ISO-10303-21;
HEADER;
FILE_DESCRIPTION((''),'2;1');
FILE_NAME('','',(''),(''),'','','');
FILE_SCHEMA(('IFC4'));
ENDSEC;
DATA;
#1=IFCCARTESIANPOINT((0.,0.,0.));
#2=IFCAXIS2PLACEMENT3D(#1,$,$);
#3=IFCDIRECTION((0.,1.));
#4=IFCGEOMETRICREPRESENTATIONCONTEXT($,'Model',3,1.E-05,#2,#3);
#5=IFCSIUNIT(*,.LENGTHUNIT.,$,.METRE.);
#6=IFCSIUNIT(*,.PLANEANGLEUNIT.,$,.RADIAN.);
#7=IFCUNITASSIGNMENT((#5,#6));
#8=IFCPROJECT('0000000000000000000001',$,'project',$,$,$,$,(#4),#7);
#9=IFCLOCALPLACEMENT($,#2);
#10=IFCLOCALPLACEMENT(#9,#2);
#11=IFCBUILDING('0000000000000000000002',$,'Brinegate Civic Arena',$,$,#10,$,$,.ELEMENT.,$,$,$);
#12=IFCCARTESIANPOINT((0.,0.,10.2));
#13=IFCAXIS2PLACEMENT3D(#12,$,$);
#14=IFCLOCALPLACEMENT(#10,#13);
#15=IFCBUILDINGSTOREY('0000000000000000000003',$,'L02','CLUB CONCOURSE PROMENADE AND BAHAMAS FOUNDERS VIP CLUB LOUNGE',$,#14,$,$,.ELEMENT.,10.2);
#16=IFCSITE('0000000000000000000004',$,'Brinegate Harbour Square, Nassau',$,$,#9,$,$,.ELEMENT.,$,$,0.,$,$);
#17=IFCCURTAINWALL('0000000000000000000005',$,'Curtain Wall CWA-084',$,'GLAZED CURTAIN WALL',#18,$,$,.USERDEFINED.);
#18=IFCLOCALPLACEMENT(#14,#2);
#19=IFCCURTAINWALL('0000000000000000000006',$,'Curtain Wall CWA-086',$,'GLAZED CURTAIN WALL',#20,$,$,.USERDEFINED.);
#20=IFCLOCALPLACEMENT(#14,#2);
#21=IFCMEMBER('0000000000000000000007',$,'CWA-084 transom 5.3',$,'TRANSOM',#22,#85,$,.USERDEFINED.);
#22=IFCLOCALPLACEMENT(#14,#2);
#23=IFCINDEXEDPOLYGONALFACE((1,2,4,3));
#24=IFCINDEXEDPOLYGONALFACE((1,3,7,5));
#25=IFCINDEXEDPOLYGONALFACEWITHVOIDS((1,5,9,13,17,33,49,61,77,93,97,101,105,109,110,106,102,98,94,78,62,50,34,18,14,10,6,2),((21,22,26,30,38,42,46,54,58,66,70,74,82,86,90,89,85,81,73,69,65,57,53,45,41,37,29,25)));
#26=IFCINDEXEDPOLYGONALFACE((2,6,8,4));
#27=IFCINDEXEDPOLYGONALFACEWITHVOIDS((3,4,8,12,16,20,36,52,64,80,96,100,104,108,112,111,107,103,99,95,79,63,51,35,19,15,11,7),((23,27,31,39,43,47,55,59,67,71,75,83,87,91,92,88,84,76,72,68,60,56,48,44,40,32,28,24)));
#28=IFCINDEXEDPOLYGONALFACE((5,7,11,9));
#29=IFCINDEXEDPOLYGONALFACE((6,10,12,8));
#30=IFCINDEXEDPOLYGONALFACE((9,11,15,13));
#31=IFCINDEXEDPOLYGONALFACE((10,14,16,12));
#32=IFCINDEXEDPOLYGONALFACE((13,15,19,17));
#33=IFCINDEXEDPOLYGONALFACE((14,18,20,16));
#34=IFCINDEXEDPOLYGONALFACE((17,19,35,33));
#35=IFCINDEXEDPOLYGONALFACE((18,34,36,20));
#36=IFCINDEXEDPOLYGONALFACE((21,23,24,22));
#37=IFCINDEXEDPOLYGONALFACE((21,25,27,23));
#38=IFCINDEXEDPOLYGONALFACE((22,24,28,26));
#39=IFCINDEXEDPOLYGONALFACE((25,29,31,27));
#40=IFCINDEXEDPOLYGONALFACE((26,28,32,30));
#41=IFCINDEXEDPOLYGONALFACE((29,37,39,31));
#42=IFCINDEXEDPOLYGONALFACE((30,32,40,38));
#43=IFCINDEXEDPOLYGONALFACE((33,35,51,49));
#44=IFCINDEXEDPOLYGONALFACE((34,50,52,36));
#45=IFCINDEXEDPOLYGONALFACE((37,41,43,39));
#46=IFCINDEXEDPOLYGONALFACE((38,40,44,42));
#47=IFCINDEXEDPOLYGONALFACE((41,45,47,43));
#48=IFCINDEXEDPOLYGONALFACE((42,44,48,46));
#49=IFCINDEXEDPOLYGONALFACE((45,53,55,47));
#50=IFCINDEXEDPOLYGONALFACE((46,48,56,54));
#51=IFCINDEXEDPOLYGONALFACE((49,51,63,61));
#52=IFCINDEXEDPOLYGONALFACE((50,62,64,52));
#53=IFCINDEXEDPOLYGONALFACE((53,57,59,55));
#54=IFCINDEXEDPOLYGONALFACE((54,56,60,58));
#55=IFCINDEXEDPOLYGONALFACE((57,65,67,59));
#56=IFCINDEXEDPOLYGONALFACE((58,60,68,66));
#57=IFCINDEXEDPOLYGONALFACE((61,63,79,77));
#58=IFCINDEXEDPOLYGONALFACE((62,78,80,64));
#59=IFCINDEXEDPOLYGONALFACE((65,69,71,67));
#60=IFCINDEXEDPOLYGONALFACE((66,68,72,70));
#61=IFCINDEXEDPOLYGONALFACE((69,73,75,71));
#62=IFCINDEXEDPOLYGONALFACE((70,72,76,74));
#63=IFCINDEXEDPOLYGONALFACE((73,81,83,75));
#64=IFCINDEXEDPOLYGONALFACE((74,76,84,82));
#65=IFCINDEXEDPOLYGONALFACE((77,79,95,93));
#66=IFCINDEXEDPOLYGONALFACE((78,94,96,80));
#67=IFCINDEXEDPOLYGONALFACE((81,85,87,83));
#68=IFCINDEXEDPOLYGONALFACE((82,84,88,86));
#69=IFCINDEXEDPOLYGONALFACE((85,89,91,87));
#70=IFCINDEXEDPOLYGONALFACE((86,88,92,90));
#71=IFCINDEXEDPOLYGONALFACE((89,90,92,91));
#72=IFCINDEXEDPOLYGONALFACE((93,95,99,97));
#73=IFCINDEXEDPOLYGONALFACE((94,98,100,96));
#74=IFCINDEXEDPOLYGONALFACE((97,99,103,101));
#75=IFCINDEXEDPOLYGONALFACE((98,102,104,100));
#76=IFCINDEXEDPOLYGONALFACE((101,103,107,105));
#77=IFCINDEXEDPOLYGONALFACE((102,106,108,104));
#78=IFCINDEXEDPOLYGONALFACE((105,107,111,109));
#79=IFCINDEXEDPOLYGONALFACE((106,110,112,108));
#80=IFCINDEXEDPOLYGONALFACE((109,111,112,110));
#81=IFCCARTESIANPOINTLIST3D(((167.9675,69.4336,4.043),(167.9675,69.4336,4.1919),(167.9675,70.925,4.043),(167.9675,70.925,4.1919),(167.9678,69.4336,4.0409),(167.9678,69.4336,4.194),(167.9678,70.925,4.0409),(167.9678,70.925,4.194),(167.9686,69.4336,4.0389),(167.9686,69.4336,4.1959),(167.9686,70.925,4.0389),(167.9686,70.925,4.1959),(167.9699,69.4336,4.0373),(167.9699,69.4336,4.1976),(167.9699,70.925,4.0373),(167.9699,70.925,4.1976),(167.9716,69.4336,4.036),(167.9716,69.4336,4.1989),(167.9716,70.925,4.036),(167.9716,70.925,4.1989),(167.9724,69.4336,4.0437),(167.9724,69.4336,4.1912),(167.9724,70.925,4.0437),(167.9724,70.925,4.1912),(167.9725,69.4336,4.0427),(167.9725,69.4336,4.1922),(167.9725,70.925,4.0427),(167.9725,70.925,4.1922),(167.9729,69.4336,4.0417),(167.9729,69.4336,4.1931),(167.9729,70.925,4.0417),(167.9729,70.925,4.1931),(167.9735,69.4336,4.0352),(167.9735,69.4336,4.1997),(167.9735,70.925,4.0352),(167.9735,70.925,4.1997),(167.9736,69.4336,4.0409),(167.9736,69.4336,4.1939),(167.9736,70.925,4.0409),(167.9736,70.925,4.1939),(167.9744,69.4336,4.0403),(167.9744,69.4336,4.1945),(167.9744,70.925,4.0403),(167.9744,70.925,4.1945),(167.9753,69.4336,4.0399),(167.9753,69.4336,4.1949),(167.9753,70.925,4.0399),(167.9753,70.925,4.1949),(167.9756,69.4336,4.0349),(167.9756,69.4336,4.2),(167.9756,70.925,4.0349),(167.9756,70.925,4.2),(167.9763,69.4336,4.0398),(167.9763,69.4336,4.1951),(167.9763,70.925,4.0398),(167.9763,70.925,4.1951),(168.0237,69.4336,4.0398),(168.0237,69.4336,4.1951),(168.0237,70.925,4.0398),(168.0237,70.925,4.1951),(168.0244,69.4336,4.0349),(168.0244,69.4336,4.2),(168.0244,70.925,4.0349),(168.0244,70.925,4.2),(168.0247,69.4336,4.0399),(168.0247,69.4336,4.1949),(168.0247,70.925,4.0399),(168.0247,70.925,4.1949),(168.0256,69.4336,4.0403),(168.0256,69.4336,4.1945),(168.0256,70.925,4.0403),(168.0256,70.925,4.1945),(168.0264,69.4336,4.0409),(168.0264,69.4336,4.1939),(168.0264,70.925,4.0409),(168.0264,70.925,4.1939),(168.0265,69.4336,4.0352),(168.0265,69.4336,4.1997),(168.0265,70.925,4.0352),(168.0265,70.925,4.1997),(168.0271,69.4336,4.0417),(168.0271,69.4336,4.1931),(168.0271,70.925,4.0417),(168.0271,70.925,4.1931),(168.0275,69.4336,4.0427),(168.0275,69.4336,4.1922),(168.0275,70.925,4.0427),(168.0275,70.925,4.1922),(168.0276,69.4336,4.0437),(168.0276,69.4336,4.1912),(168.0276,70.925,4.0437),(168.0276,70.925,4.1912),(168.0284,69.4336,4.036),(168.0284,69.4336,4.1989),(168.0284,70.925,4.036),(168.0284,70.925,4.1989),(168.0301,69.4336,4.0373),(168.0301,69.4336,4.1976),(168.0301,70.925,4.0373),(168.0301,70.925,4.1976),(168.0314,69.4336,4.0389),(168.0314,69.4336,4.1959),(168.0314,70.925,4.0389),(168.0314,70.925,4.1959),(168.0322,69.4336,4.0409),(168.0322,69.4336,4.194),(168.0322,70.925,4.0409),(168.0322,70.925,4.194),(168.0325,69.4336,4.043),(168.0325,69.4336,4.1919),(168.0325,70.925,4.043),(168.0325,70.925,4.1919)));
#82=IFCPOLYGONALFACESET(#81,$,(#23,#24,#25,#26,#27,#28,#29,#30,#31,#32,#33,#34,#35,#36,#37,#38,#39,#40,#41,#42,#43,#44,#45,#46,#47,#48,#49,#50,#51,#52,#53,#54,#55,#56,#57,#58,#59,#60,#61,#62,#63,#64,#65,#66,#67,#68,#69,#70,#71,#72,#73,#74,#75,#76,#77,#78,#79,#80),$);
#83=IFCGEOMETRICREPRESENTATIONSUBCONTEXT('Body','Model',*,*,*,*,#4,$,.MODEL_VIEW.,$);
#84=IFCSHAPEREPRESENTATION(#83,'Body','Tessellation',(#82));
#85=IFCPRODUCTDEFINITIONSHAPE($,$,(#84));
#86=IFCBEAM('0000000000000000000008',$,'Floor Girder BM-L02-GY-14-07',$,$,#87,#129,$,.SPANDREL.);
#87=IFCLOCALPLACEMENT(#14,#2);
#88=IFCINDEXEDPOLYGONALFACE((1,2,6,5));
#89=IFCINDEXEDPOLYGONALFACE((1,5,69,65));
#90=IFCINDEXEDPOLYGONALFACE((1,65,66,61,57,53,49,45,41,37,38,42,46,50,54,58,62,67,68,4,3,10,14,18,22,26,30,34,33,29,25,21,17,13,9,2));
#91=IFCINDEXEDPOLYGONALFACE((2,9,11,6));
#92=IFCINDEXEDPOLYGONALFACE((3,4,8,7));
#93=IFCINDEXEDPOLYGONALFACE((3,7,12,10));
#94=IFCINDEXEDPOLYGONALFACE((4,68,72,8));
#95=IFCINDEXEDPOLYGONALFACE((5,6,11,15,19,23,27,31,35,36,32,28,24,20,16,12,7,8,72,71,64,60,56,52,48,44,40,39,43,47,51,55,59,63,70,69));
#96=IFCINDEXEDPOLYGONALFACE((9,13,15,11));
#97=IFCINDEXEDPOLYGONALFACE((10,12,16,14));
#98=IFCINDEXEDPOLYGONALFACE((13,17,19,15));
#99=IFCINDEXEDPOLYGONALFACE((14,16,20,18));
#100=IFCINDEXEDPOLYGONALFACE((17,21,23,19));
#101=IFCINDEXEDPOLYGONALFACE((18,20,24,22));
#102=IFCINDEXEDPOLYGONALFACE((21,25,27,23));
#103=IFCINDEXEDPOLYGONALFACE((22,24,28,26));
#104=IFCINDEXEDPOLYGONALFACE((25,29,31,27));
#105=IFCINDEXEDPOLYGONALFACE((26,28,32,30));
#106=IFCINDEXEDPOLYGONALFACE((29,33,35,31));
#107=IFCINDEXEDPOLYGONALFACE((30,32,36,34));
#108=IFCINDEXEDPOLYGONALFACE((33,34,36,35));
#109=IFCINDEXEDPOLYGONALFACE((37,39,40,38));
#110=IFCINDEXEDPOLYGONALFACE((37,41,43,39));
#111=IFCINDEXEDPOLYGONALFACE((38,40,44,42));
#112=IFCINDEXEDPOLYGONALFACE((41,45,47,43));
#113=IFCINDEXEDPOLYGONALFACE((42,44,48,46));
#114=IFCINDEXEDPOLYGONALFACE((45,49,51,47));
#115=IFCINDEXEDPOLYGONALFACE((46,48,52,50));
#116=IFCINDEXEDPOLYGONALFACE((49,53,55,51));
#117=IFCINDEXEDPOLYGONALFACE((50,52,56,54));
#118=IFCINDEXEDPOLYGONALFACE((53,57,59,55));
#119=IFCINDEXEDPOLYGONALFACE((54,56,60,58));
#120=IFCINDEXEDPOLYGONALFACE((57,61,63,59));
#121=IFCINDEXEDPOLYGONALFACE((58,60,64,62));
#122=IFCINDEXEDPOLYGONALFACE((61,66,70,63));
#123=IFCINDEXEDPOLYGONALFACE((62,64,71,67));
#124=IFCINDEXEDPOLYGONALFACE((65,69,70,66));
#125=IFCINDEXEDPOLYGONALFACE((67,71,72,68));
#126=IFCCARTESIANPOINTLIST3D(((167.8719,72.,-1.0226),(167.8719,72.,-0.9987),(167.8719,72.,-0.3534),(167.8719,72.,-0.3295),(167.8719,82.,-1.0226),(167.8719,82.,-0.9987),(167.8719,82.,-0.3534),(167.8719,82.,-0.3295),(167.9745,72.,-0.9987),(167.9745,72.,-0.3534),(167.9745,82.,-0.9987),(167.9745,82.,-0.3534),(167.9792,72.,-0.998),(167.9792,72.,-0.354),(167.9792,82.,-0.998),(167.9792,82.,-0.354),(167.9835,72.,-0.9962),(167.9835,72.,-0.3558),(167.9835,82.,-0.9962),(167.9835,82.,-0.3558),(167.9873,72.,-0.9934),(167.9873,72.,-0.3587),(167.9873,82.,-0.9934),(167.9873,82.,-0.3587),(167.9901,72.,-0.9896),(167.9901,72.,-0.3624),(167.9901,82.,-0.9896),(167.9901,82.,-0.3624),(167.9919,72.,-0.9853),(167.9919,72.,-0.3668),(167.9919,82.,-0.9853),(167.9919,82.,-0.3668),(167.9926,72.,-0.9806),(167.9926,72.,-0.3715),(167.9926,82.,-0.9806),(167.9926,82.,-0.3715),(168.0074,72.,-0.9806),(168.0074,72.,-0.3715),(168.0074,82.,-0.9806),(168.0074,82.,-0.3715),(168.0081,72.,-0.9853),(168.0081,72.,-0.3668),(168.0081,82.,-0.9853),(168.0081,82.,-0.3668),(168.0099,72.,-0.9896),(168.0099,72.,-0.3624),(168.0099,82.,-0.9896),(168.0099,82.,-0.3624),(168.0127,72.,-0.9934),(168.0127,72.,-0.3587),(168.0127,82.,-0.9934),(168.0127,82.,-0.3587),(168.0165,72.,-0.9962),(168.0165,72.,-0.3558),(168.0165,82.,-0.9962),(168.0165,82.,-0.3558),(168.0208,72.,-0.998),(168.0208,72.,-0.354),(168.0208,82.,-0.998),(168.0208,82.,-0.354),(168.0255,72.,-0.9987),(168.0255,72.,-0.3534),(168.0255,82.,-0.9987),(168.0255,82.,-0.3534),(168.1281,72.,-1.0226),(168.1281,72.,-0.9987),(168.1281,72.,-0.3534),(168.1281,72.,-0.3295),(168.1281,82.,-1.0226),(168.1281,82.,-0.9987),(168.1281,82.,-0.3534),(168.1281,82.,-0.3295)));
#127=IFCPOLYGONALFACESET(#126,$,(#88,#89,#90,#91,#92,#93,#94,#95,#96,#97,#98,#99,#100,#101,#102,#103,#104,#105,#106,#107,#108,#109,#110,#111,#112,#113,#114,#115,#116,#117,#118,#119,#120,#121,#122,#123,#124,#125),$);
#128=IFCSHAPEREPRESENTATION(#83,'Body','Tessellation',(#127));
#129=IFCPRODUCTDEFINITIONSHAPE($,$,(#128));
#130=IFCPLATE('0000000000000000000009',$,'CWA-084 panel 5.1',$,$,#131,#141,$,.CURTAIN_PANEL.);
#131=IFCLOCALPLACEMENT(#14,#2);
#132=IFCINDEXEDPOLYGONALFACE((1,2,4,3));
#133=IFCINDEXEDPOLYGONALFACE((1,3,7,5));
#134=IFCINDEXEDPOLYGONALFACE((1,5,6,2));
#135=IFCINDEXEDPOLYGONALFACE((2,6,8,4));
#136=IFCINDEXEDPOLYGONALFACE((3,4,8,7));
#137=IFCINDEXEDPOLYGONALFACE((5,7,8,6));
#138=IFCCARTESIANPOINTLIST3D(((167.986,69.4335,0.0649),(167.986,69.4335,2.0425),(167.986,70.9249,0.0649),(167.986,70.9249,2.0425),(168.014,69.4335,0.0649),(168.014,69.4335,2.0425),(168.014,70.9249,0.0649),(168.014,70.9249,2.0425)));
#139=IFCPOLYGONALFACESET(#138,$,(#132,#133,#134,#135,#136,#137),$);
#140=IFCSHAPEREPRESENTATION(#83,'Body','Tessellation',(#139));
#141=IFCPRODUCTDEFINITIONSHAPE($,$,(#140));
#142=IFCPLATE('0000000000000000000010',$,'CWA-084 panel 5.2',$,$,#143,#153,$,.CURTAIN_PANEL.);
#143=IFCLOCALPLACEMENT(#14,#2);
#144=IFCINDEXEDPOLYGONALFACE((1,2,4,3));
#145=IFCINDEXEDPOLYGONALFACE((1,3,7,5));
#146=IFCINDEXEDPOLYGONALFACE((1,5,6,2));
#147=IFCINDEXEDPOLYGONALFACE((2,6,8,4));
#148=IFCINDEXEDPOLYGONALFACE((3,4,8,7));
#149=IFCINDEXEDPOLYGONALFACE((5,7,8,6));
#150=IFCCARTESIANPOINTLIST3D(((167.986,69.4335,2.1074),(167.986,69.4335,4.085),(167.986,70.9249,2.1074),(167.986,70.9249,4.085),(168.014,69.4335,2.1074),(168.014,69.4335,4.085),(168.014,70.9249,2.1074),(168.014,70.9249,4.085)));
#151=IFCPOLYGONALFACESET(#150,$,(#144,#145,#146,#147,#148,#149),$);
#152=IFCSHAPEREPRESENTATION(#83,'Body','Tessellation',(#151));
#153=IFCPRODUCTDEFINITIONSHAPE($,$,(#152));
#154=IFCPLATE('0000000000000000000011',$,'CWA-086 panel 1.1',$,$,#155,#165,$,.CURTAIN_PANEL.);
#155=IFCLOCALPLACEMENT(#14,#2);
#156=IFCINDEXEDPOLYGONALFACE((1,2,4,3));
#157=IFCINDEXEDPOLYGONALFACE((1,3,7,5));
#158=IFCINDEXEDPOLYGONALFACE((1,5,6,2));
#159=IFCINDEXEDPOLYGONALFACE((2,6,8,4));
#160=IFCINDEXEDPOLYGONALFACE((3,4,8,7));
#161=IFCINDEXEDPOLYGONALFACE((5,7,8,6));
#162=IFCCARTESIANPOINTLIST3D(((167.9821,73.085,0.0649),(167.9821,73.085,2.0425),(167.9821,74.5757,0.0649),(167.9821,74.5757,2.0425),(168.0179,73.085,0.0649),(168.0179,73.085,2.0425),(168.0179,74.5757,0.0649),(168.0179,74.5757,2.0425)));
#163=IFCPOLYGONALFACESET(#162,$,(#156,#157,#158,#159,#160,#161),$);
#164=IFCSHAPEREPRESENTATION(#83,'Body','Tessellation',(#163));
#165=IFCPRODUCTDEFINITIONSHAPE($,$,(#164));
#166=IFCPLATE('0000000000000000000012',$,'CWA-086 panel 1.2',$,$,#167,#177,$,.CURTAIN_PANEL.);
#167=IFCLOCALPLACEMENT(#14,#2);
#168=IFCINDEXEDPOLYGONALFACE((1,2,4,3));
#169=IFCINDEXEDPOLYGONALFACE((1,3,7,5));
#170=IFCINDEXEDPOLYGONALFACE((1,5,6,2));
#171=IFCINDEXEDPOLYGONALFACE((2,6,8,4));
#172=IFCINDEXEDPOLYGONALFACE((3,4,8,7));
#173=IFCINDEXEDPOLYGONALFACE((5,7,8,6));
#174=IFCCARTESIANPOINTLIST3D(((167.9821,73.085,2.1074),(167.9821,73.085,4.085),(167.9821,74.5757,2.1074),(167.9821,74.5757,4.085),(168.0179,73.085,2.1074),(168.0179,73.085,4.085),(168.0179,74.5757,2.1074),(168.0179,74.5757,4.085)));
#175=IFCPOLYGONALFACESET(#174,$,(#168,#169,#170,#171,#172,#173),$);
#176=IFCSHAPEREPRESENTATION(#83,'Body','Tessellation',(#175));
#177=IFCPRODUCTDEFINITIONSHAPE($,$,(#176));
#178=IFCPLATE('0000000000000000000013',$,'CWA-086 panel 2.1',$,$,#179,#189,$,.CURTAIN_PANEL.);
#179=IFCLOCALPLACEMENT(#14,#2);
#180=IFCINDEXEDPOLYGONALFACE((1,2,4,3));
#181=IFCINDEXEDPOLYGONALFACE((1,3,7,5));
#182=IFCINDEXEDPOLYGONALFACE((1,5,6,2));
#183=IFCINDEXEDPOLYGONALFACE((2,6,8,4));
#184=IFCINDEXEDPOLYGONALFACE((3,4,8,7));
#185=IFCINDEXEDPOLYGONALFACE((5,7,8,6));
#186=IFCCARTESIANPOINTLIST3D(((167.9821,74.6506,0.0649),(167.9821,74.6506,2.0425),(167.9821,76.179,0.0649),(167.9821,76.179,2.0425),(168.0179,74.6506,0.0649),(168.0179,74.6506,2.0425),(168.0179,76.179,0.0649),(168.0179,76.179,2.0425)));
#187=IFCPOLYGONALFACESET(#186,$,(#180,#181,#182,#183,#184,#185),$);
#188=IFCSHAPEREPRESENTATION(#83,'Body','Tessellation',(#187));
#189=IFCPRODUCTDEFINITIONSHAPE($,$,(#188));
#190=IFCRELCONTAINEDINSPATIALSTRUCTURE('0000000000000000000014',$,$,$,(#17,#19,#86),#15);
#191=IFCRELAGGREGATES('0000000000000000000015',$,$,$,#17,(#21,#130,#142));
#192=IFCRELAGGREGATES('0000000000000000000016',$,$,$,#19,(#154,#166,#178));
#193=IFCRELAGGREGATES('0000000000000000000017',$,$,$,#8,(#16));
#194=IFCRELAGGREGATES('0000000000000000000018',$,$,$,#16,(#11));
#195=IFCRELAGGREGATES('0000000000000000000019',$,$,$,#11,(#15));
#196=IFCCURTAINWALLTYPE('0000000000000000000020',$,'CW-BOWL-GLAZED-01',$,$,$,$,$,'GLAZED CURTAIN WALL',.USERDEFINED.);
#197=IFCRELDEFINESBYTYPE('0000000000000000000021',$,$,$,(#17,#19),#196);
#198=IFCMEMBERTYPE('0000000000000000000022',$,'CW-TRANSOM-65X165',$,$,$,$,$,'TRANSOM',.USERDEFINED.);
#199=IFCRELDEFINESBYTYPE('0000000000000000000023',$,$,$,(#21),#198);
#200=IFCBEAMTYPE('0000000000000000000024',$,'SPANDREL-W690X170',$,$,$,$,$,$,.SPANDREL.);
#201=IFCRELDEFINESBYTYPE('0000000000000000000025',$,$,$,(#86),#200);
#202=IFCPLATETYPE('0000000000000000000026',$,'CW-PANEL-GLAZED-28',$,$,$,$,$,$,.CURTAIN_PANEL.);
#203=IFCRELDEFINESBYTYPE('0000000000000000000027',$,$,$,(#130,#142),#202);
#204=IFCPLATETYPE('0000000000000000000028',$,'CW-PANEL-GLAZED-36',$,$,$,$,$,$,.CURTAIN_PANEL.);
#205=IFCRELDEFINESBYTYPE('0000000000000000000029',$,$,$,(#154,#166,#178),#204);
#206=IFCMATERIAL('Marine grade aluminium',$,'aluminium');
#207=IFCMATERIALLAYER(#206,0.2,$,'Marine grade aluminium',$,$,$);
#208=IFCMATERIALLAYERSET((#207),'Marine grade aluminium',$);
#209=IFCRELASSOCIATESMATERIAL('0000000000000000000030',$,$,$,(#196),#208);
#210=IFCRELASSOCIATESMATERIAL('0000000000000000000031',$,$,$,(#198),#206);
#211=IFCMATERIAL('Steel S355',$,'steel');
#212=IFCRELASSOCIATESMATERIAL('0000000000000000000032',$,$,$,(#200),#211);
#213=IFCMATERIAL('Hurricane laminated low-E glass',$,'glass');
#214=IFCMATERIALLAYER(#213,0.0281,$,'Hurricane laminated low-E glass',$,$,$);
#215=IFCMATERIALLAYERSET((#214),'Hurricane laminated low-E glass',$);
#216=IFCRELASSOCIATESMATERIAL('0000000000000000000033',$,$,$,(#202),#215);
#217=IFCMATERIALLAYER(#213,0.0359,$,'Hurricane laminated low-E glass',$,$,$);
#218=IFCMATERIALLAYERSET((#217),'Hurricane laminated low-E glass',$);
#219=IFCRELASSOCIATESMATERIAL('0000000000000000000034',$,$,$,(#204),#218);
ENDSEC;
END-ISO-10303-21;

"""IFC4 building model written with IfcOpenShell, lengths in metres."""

from ifc_helpers import new_model, si_unit, direction, frame, origin, origin_2d, place, context, subcontext, project, spatial, rectangle, hollow_rectangle, i_section, extrude, material, layer, layer_set, material_profile, profile_set, type_object, element, aggregate, save


model = new_model("IFC4")

# Units and contexts
model_context = context("Model", 3, precision=1e-05, world=origin(), true_north=direction((0.0, 1.0)))
body_context = subcontext(model_context, "Body", "Model", "MODEL_VIEW")
ifc_project = project(units=[si_unit("LENGTHUNIT", "METRE"), si_unit("PLANEANGLEUNIT", "RADIAN")], contexts=[model_context])

# Site, building, storey
site_placement = place(None, origin())
site = spatial("IfcSite", under=ifc_project, at=site_placement, Name="Brinegate Harbour Square, Nassau", CompositionType="ELEMENT", RefElevation=0.0)
building_placement = place(site_placement, origin())
building = spatial("IfcBuilding", under=site, at=building_placement, Name="Brinegate Civic Arena", CompositionType="ELEMENT")
storey_placement = place(building_placement, frame((0.0, 0.0, 10.2)))
storey = spatial("IfcBuildingStorey", under=building, at=storey_placement, Name="L02", Description="CLUB CONCOURSE PROMENADE AND BAHAMAS FOUNDERS VIP CLUB LOUNGE", CompositionType="ELEMENT", Elevation=10.2)

# Curtain wall
ifc_material_1 = material(Name="Marine grade aluminium", Category="aluminium")
ifc_layer_1 = layer(ifc_material_1, 0.2, Name="Marine grade aluminium")
ifc_layer_set_1 = layer_set([ifc_layer_1], Name="Marine grade aluminium")
curtain_wall_type = type_object("IfcCurtainWallType", Name="CW-BOWL-GLAZED-01", ElementType="GLAZED CURTAIN WALL", PredefinedType="USERDEFINED", material=ifc_layer_set_1)
curtain_wall_1_placement = place(storey_placement, origin())
curtain_wall_1 = element("IfcCurtainWall", 1, at=curtain_wall_1_placement, inside=storey, type_object=curtain_wall_type, Name="Curtain Wall CWA-084", ObjectType="GLAZED CURTAIN WALL", PredefinedType="USERDEFINED")

# Curtain wall
curtain_wall_2_placement = place(storey_placement, origin())
curtain_wall_2 = element("IfcCurtainWall", 2, at=curtain_wall_2_placement, inside=storey, type_object=curtain_wall_type, Name="Curtain Wall CWA-086", ObjectType="GLAZED CURTAIN WALL", PredefinedType="USERDEFINED")

# Member
ifc_material_profile_1 = material_profile(ifc_material_1, hollow_rectangle(XDim=0.0649, YDim=0.165, WallThickness=0.0049, InnerFilletRadius=0.0039, OuterFilletRadius=0.0081, at=origin_2d()), Name="TRN65X165")
ifc_profile_set_1 = profile_set([ifc_material_profile_1], Name="Marine grade aluminium")
member_type_1 = type_object("IfcMemberType", Name="CW-TRANSOM-65X165", ElementType="TRANSOM", PredefinedType="USERDEFINED", material=ifc_profile_set_1)
member_1_placement = place(storey_placement, frame((168.0, 69.4336, 4.1174), z_axis=(0.0, 1.0, 0.0), x_axis=(-1.0, 0.0, 0.0)))
member_1 = element("IfcMember", 3, at=member_1_placement, type_object=member_type_1, Name="CWA-084 transom 5.3", ObjectType="TRANSOM", PredefinedType="USERDEFINED", context=body_context, shape_type="SweptSolid", body=[
    extrude(hollow_rectangle(XDim=0.0649, YDim=0.165, WallThickness=0.0049, InnerFilletRadius=0.0039, OuterFilletRadius=0.0081, at=origin_2d()), origin(), (0.0, 0.0, 1.0), 1.4915),
])

# Beam
ifc_material_2 = material(Name="Steel S355", Category="steel")
ifc_material_profile_2 = material_profile(ifc_material_2, i_section(OverallWidth=0.2561, OverallDepth=0.6931, WebThickness=0.0149, FlangeThickness=0.0239, FilletRadius=0.0181, at=origin_2d()), Name="W690X170")
ifc_profile_set_2 = profile_set([ifc_material_profile_2], Name="Steel S355")
beam_type = type_object("IfcBeamType", Name="SPANDREL-W690X170", PredefinedType="SPANDREL", material=ifc_profile_set_2)
beam_placement = place(storey_placement, frame((168.0, 72.0, -0.676), z_axis=(0.0, 1.0, 0.0), x_axis=(-1.0, 0.0, 0.0)))
element("IfcBeam", 4, at=beam_placement, inside=storey, type_object=beam_type, Name="Floor Girder BM-L02-GY-14-07", PredefinedType="SPANDREL", context=body_context, shape_type="SweptSolid", body=[
    extrude(i_section(OverallWidth=0.2561, OverallDepth=0.6931, WebThickness=0.0149, FlangeThickness=0.0239, FilletRadius=0.0181, at=origin_2d()), origin(), (0.0, 0.0, 1.0), 10.0),
])

# Plates
ifc_material_3 = material(Name="Hurricane laminated low-E glass", Category="glass")
ifc_layer_2 = layer(ifc_material_3, 0.0281, Name="Hurricane laminated low-E glass")
ifc_layer_set_2 = layer_set([ifc_layer_2], Name="Hurricane laminated low-E glass")
plate_type_1 = type_object("IfcPlateType", Name="CW-PANEL-GLAZED-28", PredefinedType="CURTAIN_PANEL", material=ifc_layer_set_2)
plate_1_placement = place(storey_placement, frame((168.0, 70.1792, 0.0649), z_axis=(0.0, 0.0, 1.0), x_axis=(0.0, 1.0, 0.0)))
plate_1 = element("IfcPlate", 5, at=plate_1_placement, type_object=plate_type_1, Name="CWA-084 panel 5.1", PredefinedType="CURTAIN_PANEL", context=body_context, shape_type="SweptSolid", body=[
    extrude(rectangle(XDim=1.4915, YDim=0.0281, at=origin_2d()), origin(), (0.0, 0.0, 1.0), 1.9775),
])
plate_2_placement = place(storey_placement, frame((168.0, 70.1792, 2.1074), z_axis=(0.0, 0.0, 1.0), x_axis=(0.0, 1.0, 0.0)))
plate_2 = element("IfcPlate", 6, at=plate_2_placement, type_object=plate_type_1, Name="CWA-084 panel 5.2", PredefinedType="CURTAIN_PANEL", context=body_context, shape_type="SweptSolid", body=[
    extrude(rectangle(XDim=1.4915, YDim=0.0281, at=origin_2d()), origin(), (0.0, 0.0, 1.0), 1.9775),
])
aggregate(curtain_wall_1, [member_1, plate_1, plate_2])
ifc_layer_3 = layer(ifc_material_3, 0.0359, Name="Hurricane laminated low-E glass")
ifc_layer_set_3 = layer_set([ifc_layer_3], Name="Hurricane laminated low-E glass")
plate_type_2 = type_object("IfcPlateType", Name="CW-PANEL-GLAZED-36", PredefinedType="CURTAIN_PANEL", material=ifc_layer_set_3)
plate_3_placement = place(storey_placement, frame((168.0, 73.8303, 0.0649), z_axis=(0.0, 0.0, 1.0), x_axis=(0.0, 1.0, 0.0)))
plate_3 = element("IfcPlate", 7, at=plate_3_placement, type_object=plate_type_2, Name="CWA-086 panel 1.1", PredefinedType="CURTAIN_PANEL", context=body_context, shape_type="SweptSolid", body=[
    extrude(rectangle(XDim=1.4907, YDim=0.0359, at=origin_2d()), origin(), (0.0, 0.0, 1.0), 1.9775),
])
plate_4_placement = place(storey_placement, frame((168.0, 73.8303, 2.1074), z_axis=(0.0, 0.0, 1.0), x_axis=(0.0, 1.0, 0.0)))
plate_4 = element("IfcPlate", 8, at=plate_4_placement, type_object=plate_type_2, Name="CWA-086 panel 1.2", PredefinedType="CURTAIN_PANEL", context=body_context, shape_type="SweptSolid", body=[
    extrude(rectangle(XDim=1.4907, YDim=0.0359, at=origin_2d()), origin(), (0.0, 0.0, 1.0), 1.9775),
])
plate_5_placement = place(storey_placement, frame((168.0, 75.4148, 0.0649), z_axis=(0.0, 0.0, 1.0), x_axis=(0.0, 1.0, 0.0)))
plate_5 = element("IfcPlate", 9, at=plate_5_placement, type_object=plate_type_2, Name="CWA-086 panel 2.1", PredefinedType="CURTAIN_PANEL", context=body_context, shape_type="SweptSolid", body=[
    extrude(rectangle(XDim=1.5283, YDim=0.0359, at=origin_2d()), origin(), (0.0, 0.0, 1.0), 1.9775),
])
aggregate(curtain_wall_2, [plate_3, plate_4, plate_5])

save(model, "model.ifc")
